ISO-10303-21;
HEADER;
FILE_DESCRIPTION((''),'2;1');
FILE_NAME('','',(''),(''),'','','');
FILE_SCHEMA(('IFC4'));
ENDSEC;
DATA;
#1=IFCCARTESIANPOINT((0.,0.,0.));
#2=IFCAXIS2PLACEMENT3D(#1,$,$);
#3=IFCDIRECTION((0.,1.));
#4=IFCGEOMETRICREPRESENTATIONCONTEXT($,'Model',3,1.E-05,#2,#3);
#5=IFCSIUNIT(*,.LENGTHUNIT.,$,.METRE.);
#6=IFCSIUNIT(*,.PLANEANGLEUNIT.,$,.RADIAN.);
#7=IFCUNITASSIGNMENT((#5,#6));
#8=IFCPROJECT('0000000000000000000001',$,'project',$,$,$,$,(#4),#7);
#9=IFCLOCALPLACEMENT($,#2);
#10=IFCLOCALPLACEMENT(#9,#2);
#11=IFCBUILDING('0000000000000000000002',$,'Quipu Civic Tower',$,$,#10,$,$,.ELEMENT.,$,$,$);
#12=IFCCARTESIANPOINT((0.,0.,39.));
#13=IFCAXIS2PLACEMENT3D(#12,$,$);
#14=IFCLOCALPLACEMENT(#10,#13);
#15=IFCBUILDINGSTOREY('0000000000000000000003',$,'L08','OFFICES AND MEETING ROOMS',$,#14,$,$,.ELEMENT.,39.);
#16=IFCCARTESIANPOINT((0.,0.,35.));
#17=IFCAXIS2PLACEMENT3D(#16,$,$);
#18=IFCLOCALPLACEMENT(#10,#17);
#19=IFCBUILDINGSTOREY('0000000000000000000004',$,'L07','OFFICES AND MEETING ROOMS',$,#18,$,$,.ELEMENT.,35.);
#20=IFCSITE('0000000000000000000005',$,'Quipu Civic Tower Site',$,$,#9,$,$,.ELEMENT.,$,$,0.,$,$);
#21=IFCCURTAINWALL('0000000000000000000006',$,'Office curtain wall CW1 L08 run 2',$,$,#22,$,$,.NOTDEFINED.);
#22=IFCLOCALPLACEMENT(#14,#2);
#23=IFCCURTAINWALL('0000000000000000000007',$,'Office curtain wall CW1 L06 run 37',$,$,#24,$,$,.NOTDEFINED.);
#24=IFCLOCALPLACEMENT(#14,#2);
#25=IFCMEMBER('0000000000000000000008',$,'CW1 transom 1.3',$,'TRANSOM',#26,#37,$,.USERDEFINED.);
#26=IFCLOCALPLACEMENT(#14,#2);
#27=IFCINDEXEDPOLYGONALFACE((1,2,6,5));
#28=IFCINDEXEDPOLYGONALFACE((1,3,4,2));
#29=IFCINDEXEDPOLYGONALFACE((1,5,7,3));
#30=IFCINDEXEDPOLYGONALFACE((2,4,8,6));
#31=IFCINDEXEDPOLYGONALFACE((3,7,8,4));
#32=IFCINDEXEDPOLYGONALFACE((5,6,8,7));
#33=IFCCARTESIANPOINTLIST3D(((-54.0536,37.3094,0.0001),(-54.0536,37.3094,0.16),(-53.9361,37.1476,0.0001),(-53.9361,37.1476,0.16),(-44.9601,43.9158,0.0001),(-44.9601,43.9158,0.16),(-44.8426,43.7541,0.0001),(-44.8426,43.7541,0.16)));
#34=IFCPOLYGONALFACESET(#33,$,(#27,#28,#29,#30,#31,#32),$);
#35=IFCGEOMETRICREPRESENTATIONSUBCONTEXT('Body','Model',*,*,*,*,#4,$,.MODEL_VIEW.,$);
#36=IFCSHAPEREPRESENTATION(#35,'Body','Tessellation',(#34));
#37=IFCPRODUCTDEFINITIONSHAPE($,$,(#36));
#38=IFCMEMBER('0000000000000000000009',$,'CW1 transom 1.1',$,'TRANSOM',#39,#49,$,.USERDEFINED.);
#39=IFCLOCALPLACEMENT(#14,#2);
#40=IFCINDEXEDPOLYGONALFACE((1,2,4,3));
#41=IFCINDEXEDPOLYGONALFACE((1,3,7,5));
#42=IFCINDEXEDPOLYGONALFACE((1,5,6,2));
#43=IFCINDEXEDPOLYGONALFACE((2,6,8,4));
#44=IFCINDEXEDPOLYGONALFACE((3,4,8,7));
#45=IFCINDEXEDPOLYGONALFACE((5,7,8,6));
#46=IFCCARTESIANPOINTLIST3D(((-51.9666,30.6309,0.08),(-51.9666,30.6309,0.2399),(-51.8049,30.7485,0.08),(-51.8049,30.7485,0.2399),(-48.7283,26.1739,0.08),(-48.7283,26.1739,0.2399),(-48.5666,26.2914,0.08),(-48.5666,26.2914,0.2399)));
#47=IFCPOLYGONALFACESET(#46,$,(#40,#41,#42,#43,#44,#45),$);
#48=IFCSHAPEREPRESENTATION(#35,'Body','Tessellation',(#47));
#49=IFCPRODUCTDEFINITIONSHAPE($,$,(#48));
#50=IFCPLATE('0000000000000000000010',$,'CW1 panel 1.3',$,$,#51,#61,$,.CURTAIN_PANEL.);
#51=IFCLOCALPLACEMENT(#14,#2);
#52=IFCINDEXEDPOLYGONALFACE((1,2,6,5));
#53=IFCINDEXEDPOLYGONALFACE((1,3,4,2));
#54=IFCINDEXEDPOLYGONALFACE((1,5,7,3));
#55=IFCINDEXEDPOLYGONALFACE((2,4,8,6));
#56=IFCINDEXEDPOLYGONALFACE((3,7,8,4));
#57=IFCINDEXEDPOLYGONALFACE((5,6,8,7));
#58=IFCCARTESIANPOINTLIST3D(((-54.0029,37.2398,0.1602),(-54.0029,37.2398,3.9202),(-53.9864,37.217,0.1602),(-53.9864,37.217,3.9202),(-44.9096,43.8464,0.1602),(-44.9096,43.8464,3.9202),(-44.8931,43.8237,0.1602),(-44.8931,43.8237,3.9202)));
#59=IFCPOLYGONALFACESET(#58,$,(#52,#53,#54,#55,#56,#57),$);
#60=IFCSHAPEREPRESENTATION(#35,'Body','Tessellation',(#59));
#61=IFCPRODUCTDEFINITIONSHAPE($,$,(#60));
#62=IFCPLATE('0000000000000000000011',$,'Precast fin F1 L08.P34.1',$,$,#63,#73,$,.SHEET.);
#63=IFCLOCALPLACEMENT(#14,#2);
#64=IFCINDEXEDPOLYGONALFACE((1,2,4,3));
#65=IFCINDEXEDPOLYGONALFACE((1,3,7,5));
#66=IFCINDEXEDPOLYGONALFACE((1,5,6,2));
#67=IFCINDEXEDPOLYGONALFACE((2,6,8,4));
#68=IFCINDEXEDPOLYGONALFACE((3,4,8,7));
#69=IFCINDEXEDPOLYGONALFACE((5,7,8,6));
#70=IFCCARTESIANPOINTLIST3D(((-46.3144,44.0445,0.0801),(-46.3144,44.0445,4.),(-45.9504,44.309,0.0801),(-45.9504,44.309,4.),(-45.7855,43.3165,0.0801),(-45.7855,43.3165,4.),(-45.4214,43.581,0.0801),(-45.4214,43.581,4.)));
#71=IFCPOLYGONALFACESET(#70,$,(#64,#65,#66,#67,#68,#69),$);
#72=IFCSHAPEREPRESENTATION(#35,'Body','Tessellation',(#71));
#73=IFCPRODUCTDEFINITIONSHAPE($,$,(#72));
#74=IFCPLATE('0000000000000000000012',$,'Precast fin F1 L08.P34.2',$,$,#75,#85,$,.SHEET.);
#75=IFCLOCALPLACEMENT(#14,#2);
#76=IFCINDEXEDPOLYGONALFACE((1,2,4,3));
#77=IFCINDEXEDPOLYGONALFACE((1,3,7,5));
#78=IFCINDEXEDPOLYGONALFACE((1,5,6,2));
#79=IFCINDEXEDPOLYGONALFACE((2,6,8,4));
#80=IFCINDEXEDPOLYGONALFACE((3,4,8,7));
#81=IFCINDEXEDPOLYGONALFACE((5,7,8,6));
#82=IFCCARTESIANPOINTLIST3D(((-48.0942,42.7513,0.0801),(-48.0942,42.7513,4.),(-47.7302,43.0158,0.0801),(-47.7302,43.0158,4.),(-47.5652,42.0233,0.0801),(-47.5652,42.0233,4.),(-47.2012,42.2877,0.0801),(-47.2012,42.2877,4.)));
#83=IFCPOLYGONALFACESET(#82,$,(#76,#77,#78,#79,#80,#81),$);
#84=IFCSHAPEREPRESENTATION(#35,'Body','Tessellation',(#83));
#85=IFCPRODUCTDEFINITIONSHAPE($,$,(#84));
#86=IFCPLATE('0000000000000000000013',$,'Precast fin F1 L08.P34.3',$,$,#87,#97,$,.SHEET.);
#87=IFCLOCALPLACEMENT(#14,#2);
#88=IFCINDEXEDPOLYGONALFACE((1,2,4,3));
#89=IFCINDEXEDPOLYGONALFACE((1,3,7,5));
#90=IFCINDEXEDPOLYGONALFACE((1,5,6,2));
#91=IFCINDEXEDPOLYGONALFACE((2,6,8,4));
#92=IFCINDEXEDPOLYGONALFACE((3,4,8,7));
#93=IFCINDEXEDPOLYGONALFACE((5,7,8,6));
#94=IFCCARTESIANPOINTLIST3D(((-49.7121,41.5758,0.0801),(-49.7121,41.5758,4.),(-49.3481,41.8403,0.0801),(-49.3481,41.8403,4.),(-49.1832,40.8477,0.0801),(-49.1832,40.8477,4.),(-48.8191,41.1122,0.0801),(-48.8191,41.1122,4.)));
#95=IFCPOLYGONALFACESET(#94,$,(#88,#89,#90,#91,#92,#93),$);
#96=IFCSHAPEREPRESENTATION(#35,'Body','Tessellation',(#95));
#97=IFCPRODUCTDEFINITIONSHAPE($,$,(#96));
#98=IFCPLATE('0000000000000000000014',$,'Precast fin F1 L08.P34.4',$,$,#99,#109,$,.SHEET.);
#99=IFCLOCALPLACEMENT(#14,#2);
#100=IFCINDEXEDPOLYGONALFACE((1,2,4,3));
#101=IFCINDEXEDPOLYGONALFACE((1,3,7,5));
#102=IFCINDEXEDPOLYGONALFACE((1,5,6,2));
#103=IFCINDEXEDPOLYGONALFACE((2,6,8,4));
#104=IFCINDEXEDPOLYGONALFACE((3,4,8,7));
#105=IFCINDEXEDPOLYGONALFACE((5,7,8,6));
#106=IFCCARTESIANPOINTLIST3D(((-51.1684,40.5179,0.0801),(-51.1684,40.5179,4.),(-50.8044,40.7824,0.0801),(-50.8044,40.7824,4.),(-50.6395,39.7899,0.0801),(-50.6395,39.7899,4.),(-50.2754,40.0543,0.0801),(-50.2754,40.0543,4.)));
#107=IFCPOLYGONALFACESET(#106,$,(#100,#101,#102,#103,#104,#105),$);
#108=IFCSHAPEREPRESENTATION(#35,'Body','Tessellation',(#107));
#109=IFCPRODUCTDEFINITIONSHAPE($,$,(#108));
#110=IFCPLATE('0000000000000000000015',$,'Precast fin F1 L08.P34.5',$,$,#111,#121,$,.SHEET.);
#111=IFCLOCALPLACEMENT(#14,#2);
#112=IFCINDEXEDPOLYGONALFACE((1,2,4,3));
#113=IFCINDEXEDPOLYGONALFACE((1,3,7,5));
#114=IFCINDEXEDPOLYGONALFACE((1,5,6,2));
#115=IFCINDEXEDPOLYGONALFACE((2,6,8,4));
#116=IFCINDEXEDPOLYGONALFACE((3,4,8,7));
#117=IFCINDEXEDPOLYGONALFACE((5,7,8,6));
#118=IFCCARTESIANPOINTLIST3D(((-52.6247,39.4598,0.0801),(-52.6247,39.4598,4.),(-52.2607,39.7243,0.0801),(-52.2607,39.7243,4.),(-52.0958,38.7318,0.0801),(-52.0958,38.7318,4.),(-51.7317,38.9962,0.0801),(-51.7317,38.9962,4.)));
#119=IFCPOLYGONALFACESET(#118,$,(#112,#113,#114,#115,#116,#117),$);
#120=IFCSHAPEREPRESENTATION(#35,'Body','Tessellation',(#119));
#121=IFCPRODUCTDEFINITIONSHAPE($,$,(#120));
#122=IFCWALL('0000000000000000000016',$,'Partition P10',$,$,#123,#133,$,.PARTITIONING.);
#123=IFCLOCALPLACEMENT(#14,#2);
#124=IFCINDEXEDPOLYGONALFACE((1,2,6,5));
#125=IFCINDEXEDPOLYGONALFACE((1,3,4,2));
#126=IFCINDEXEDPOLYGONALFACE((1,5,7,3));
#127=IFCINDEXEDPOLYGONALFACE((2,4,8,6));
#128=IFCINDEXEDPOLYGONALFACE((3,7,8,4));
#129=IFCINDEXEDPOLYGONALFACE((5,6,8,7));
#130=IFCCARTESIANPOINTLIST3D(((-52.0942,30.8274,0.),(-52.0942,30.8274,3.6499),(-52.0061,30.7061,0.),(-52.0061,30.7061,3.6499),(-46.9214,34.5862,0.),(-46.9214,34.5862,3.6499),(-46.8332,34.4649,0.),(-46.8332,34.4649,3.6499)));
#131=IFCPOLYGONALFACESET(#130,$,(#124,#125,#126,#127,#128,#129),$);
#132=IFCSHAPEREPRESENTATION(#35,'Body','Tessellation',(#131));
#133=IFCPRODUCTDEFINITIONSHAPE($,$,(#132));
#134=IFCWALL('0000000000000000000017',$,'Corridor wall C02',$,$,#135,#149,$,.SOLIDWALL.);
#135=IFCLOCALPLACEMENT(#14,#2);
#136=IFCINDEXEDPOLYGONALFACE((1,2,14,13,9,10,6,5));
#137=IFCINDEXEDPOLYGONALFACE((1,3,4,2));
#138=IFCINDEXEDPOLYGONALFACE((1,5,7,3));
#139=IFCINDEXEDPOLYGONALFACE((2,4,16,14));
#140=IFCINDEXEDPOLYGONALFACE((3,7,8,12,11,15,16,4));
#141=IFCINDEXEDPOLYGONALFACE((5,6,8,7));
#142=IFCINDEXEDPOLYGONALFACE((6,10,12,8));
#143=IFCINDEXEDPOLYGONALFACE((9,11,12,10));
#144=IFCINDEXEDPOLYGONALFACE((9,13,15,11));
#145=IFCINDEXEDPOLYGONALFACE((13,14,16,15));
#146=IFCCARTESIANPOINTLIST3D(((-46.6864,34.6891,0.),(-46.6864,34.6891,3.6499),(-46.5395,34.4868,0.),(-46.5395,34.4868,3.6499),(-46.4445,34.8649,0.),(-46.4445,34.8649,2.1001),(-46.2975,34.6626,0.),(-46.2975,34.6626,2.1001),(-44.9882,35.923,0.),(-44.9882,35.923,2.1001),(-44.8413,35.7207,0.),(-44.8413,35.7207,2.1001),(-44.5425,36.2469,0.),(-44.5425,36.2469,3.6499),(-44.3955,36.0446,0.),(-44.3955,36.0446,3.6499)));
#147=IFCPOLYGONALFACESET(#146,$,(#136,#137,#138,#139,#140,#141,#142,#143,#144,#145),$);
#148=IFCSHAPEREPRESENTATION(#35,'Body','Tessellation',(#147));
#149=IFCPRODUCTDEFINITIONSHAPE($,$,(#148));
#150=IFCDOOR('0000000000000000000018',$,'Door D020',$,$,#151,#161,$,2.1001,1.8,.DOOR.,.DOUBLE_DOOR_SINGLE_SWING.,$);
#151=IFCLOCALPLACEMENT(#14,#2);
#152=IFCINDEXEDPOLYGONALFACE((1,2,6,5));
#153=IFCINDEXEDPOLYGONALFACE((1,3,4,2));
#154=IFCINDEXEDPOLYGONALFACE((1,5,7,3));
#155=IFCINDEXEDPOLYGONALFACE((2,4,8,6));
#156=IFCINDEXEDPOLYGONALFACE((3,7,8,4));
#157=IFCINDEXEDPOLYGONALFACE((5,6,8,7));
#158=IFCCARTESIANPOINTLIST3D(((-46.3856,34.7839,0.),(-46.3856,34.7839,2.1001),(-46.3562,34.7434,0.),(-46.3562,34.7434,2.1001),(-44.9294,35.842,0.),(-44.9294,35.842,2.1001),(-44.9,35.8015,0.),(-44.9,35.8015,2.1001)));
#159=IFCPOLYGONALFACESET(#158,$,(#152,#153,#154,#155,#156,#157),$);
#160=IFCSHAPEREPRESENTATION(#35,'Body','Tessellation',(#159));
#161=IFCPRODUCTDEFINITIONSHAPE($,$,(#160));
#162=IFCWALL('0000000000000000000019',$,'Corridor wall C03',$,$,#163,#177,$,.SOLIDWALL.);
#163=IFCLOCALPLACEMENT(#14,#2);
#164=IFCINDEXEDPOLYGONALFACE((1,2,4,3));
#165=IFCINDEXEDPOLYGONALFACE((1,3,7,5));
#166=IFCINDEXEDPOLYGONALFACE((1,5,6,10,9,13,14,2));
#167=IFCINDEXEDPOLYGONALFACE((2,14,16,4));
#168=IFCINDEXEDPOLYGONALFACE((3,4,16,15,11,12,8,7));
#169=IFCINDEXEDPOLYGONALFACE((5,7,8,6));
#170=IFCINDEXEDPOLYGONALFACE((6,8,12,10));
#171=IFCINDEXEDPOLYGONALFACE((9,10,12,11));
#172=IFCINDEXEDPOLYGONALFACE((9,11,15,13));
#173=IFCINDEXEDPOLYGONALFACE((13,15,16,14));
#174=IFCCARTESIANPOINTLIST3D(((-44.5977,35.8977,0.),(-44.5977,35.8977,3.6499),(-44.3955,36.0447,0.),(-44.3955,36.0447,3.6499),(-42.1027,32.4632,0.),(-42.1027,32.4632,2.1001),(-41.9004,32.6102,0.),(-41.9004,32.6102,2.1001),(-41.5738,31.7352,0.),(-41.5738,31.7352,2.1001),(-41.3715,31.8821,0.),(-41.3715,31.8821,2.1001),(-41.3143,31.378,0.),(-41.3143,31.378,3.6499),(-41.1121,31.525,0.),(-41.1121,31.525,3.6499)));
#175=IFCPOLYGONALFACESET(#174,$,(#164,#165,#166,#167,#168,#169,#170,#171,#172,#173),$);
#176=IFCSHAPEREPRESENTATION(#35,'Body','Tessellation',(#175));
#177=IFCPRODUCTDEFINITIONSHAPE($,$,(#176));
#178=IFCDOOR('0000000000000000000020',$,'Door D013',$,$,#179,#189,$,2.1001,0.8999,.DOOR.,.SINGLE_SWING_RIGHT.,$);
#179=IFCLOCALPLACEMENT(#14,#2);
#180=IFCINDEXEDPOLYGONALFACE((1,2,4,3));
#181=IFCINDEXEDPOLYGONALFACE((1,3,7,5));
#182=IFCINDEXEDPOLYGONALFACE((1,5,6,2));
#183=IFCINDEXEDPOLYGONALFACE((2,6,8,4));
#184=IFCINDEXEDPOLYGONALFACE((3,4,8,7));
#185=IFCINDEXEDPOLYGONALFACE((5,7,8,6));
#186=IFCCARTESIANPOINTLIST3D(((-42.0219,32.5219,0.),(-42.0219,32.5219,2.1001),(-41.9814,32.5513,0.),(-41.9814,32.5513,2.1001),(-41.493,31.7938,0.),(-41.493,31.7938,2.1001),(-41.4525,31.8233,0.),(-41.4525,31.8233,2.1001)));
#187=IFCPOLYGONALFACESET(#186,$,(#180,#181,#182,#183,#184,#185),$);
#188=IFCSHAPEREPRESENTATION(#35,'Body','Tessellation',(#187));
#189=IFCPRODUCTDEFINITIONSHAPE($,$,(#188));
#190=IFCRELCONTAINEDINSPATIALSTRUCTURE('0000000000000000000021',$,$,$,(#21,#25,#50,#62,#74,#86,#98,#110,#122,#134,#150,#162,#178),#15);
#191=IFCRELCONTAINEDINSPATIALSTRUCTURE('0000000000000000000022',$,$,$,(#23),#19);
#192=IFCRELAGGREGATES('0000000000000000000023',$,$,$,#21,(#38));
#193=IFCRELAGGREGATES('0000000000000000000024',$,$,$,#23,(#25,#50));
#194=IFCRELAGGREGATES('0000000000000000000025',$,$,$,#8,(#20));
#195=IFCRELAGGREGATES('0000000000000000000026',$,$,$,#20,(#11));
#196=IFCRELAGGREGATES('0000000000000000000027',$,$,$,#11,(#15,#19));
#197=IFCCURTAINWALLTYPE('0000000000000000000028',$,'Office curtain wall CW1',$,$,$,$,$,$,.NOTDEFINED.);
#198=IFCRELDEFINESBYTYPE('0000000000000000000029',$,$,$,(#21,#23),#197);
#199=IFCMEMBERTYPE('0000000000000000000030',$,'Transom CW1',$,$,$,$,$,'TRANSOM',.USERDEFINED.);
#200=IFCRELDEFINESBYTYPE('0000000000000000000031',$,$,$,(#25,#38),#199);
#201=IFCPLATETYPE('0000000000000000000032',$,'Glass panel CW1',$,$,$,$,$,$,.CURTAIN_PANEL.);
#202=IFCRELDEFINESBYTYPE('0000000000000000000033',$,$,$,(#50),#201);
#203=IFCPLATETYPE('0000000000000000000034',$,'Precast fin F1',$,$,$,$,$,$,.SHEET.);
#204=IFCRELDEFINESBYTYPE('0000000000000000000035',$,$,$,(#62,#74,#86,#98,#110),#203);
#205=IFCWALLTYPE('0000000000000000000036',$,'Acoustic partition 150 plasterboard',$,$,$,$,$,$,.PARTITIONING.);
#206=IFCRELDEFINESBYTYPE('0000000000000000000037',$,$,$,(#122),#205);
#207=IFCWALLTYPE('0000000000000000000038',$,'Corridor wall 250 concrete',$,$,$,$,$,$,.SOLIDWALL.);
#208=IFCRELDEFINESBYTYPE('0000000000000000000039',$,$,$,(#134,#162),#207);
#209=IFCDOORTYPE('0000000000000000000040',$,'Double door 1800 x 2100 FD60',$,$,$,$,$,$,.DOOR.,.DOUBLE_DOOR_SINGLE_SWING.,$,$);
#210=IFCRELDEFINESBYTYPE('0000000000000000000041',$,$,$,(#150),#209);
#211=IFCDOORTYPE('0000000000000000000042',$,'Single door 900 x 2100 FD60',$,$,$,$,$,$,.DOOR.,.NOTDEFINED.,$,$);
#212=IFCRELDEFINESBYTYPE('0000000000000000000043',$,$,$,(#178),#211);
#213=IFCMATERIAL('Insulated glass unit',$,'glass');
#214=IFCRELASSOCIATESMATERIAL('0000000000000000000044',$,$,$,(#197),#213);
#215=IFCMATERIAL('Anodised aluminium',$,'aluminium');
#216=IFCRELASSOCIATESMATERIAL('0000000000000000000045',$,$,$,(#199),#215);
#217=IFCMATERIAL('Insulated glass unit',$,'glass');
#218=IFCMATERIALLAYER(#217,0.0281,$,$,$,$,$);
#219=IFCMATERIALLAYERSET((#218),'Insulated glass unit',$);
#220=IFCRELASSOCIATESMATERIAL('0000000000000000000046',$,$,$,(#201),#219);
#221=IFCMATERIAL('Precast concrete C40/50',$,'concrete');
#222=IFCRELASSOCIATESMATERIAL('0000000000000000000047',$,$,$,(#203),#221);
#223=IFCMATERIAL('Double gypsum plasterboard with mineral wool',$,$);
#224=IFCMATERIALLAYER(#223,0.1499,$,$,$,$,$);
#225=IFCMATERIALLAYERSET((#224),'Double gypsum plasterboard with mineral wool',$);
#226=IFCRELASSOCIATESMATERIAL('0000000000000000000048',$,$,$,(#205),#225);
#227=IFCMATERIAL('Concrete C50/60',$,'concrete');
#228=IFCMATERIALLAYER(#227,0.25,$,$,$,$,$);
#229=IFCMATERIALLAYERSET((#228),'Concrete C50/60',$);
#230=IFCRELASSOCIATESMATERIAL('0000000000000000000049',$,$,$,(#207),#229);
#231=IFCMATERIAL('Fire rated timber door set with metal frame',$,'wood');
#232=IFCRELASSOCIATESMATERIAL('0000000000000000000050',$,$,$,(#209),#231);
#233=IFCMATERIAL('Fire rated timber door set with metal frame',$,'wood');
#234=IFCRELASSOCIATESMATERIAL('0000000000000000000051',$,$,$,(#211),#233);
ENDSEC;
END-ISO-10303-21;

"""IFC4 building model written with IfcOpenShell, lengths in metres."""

from ifc_helpers import new_model, si_unit, direction, frame, frame_2d, origin, origin_2d, place, context, subcontext, project, spatial, rectangle, extrude, material, layer, layer_set, material_profile, profile_set, type_object, element, fill, aggregate, save


model = new_model("IFC4")

# Units and contexts
model_context = context("Model", 3, precision=1e-05, world=origin(), true_north=direction((0.0, 1.0)))
body_context = subcontext(model_context, "Body", "Model", "MODEL_VIEW")
ifc_project = project(units=[si_unit("LENGTHUNIT", "METRE"), si_unit("PLANEANGLEUNIT", "RADIAN")], contexts=[model_context])

# Site, building, storey
site_placement = place(None, origin())
site = spatial("IfcSite", under=ifc_project, at=site_placement, Name="Quipu Civic Tower Site", CompositionType="ELEMENT", RefElevation=0.0)
building_placement = place(site_placement, origin())
building = spatial("IfcBuilding", under=site, at=building_placement, Name="Quipu Civic Tower", CompositionType="ELEMENT")
storey_1_placement = place(building_placement, frame((0.0, 0.0, 39.0)))
storey_1 = spatial("IfcBuildingStorey", under=building, at=storey_1_placement, Name="L08", Description="OFFICES AND MEETING ROOMS", CompositionType="ELEMENT", Elevation=39.0)

# Curtain wall
ifc_material_1 = material(Name="Insulated glass unit", Category="glass")
curtain_wall_type = type_object("IfcCurtainWallType", Name="Office curtain wall CW1", PredefinedType="NOTDEFINED", material=ifc_material_1)
curtain_wall_1_placement = place(storey_1_placement, origin())
curtain_wall_1 = element("IfcCurtainWall", 1, at=curtain_wall_1_placement, inside=storey_1, type_object=curtain_wall_type, Name="Office curtain wall CW1 L08 run 2", PredefinedType="NOTDEFINED")

# Shared definitions
storey_2_placement = place(building_placement, frame((0.0, 0.0, 35.0)))
storey_2 = spatial("IfcBuildingStorey", under=building, at=storey_2_placement, Name="L07", Description="OFFICES AND MEETING ROOMS", CompositionType="ELEMENT", Elevation=35.0)

# Curtain wall, member
ifc_material_2 = material(Name="Anodised aluminium", Category="aluminium")
ifc_material_profile_1 = material_profile(ifc_material_2, rectangle(XDim=0.2, YDim=0.1599, at=origin_2d()), Name="RECT 200x160")
ifc_profile_set_1 = profile_set([ifc_material_profile_1], Name="Anodised aluminium")
member_type_1 = type_object("IfcMemberType", Name="Transom CW1", ElementType="TRANSOM", PredefinedType="USERDEFINED", material=ifc_profile_set_1)
curtain_wall_2_placement = place(storey_2_placement, origin())
curtain_wall_2 = element("IfcCurtainWall", 2, at=curtain_wall_2_placement, inside=storey_2, type_object=curtain_wall_type, Name="Office curtain wall CW1 L06 run 37", PredefinedType="NOTDEFINED")
member_1_placement = place(storey_1_placement, frame((-44.9014, 43.835, 0.0801), z_axis=(-0.809033, -0.587764, 0.0), x_axis=(0.587764, -0.809033, 0.0)))
member_1 = element("IfcMember", 3, at=member_1_placement, inside=storey_1, type_object=member_type_1, Name="CW1 transom 1.3", ObjectType="TRANSOM", PredefinedType="USERDEFINED", context=body_context, shape_type="SweptSolid", body=[
    extrude(rectangle(XDim=0.2, YDim=0.1599, at=origin_2d()), origin(), (0.0, 0.0, 1.0), 11.24),
])

# Member
member_2_placement = place(storey_1_placement, frame((-51.8857, 30.6897, 0.1599), z_axis=(0.587792, -0.809012, 0.0), x_axis=(0.809012, 0.587792, 0.0)))
member_2 = element("IfcMember", 4, at=member_2_placement, type_object=member_type_1, Name="CW1 transom 1.1", ObjectType="TRANSOM", PredefinedType="USERDEFINED", context=body_context, shape_type="SweptSolid", body=[
    extrude(rectangle(XDim=0.2, YDim=0.1599, at=origin_2d()), origin(), (0.0, 0.0, 1.0), 5.5093),
])
aggregate(curtain_wall_1, [member_2])

# Plate
ifc_material_3 = material(Name="Insulated glass unit", Category="glass")
ifc_layer_1 = layer(ifc_material_3, 0.0281)
ifc_layer_set_1 = layer_set([ifc_layer_1], Name="Insulated glass unit")
plate_type_1 = type_object("IfcPlateType", Name="Glass panel CW1", PredefinedType="CURTAIN_PANEL", material=ifc_layer_set_1)
plate_placement = place(storey_1_placement, frame((-49.448, 40.5317, 0.1602), z_axis=(0.0, 0.0, 1.0), x_axis=(-0.809019, -0.587782, 0.0)))
plate = element("IfcPlate", 5, at=plate_placement, inside=storey_1, type_object=plate_type_1, Name="CW1 panel 1.3", PredefinedType="CURTAIN_PANEL", context=body_context, shape_type="SweptSolid", body=[
    extrude(rectangle(XDim=11.24, YDim=0.0281, at=origin_2d()), origin(), (0.0, 0.0, 1.0), 3.76),
])
aggregate(curtain_wall_2, [member_1, plate])

# Plates
ifc_material_4 = material(Name="Precast concrete C40/50", Category="concrete")
plate_type_2 = type_object("IfcPlateType", Name="Precast fin F1", PredefinedType="SHEET", material=ifc_material_4)
for number, where, z_axis, x_axis, name in (
    (6, (-45.8679, 43.8127, 0.0801), (0.0, 0.0, 1.0), (-0.809021, -0.587779, 0.0), "Precast fin F1 L08.P34.1"),
    (7, (-47.6477, 42.5195, 0.0801), (0.0, 0.0, 1.0), (-0.809021, -0.587779, 0.0), "Precast fin F1 L08.P34.2"),
    (8, (-49.2656, 41.344, 0.0801), (0.0, 0.0, 1.0), (-0.809021, -0.587779, 0.0), "Precast fin F1 L08.P34.3"),
    (9, (-50.7219, 40.2861, 0.0801), (0.0, 0.0, 1.0), (-0.809021, -0.587779, 0.0), "Precast fin F1 L08.P34.4"),
    (10, (-52.1782, 39.228, 0.0801), (0.0, 0.0, 1.0), (-0.809021, -0.587779, 0.0), "Precast fin F1 L08.P34.5"),
):
    element("IfcPlate", number, at=place(storey_1_placement, frame(where, z_axis=z_axis, x_axis=x_axis)), inside=storey_1, type_object=plate_type_2, Name=name, PredefinedType="SHEET", context=body_context, shape_type="SweptSolid", body=[
        extrude(rectangle(XDim=0.45, YDim=0.8999, at=origin_2d()), origin(), (0.0, 0.0, 1.0), 3.9199),
    ])

# Wall
ifc_material_5 = material(Name="Double gypsum plasterboard with mineral wool")
ifc_layer_2 = layer(ifc_material_5, 0.1499)
ifc_layer_set_2 = layer_set([ifc_layer_2], Name="Double gypsum plasterboard with mineral wool")
wall_type_1 = type_object("IfcWallType", Name="Acoustic partition 150 plasterboard", PredefinedType="PARTITIONING", material=ifc_layer_set_2)
wall_1_placement = place(storey_1_placement, frame((-46.8772, 34.5256, 0.0), z_axis=(0.0, 0.0, 1.0), x_axis=(-0.80898, -0.587836, 0.0)))
element("IfcWall", 11, at=wall_1_placement, inside=storey_1, type_object=wall_type_1, Name="Partition P10", PredefinedType="PARTITIONING", context=body_context, shape_type="SweptSolid", body=[
    extrude(rectangle(XDim=6.3943, YDim=0.1499, at=frame_2d((3.1973, 0.0))), origin(), (0.0, 0.0, 1.0), 3.6499),
])

# Walls, openings, doors
ifc_material_6 = material(Name="Concrete C50/60", Category="concrete")
ifc_layer_3 = layer(ifc_material_6, 0.25)
ifc_layer_set_3 = layer_set([ifc_layer_3], Name="Concrete C50/60")
wall_type_2 = type_object("IfcWallType", Name="Corridor wall 250 concrete", PredefinedType="SOLIDWALL", material=ifc_layer_set_3)
wall_2_placement = place(storey_1_placement, frame((-46.613, 34.5879, 0.0), z_axis=(0.0, 0.0, 1.0), x_axis=(0.808995, 0.587816, 0.0)))
wall_2 = element("IfcWall", 12, at=wall_2_placement, inside=storey_1, type_object=wall_type_2, Name="Corridor wall C02", PredefinedType="SOLIDWALL", context=body_context, shape_type="SweptSolid", body=[
    extrude(rectangle(XDim=2.6501, YDim=0.25, at=frame_2d((1.3252, 0.0))), origin(), (0.0, 0.0, 1.0), 3.6499),
])
opening_1_placement = place(wall_2_placement, frame((0.2993, 0.0, 0.0)))
opening_1 = element("IfcOpeningElement", 13, at=opening_1_placement, cuts=wall_2, PredefinedType="OPENING", context=body_context, shape_type="SweptSolid", body=[
    extrude(rectangle(XDim=1.8, YDim=2.1001, at=frame_2d((0.8999, 1.05))), frame((0.0, 0.135, 0.0), z_axis=(0.0, -1.0, 0.0), x_axis=(1.0, 0.0, 0.0)), (0.0, 0.0, 1.0), 0.27),
])
ifc_material_7 = material(Name="Fire rated timber door set with metal frame", Category="wood")
door_type_1 = type_object("IfcDoorType", Name="Double door 1800 x 2100 FD60", OperationType="DOUBLE_DOOR_SINGLE_SWING", PredefinedType="DOOR", material=ifc_material_7)
door_1_placement = place(opening_1_placement, origin())
door_1 = element("IfcDoor", 14, at=door_1_placement, inside=storey_1, type_object=door_type_1, Name="Door D020", OperationType="DOUBLE_DOOR_SINGLE_SWING", OverallHeight=2.1001, OverallWidth=1.8, PredefinedType="DOOR", context=body_context, shape_type="SweptSolid", body=[
    extrude(rectangle(XDim=1.8, YDim=2.1001, at=frame_2d((0.8999, 1.05))), frame((0.0, 0.0249, 0.0), z_axis=(0.0, -1.0, 0.0), x_axis=(1.0, 0.0, 0.0)), (0.0, 0.0, 1.0), 0.05),
])
fill(opening_1, door_1)
wall_3_placement = place(storey_1_placement, frame((-44.4966, 35.9712, 0.0), z_axis=(0.0, 0.0, 1.0), x_axis=(0.587743, -0.809048, 0.0)))
wall_3 = element("IfcWall", 15, at=wall_3_placement, inside=storey_1, type_object=wall_type_2, Name="Corridor wall C03", PredefinedType="SOLIDWALL", context=body_context, shape_type="SweptSolid", body=[
    extrude(rectangle(XDim=5.5864, YDim=0.25, at=frame_2d((2.7932, 0.0))), origin(), (0.0, 0.0, 1.0), 3.6499),
])
opening_2_placement = place(wall_3_placement, frame((4.2451, 0.0, 0.0)))
opening_2 = element("IfcOpeningElement", 16, at=opening_2_placement, cuts=wall_3, PredefinedType="OPENING", context=body_context, shape_type="SweptSolid", body=[
    extrude(rectangle(XDim=0.8999, YDim=2.1001, at=frame_2d((0.45, 1.05))), frame((0.0, 0.135, 0.0), z_axis=(0.0, -1.0, 0.0), x_axis=(1.0, 0.0, 0.0)), (0.0, 0.0, 1.0), 0.27),
])
ifc_material_8 = material(Name="Fire rated timber door set with metal frame", Category="wood")
door_type_2 = type_object("IfcDoorType", Name="Single door 900 x 2100 FD60", OperationType="NOTDEFINED", PredefinedType="DOOR", material=ifc_material_8)
door_2_placement = place(opening_2_placement, origin())
door_2 = element("IfcDoor", 17, at=door_2_placement, inside=storey_1, type_object=door_type_2, Name="Door D013", OperationType="SINGLE_SWING_RIGHT", OverallHeight=2.1001, OverallWidth=0.8999, PredefinedType="DOOR", context=body_context, shape_type="SweptSolid", body=[
    extrude(rectangle(XDim=0.8999, YDim=2.1001, at=frame_2d((0.45, 1.05))), frame((0.0, 0.0249, 0.0), z_axis=(0.0, -1.0, 0.0), x_axis=(1.0, 0.0, 0.0)), (0.0, 0.0, 1.0), 0.05),
])
fill(opening_2, door_2)

save(model, "model.ifc")
